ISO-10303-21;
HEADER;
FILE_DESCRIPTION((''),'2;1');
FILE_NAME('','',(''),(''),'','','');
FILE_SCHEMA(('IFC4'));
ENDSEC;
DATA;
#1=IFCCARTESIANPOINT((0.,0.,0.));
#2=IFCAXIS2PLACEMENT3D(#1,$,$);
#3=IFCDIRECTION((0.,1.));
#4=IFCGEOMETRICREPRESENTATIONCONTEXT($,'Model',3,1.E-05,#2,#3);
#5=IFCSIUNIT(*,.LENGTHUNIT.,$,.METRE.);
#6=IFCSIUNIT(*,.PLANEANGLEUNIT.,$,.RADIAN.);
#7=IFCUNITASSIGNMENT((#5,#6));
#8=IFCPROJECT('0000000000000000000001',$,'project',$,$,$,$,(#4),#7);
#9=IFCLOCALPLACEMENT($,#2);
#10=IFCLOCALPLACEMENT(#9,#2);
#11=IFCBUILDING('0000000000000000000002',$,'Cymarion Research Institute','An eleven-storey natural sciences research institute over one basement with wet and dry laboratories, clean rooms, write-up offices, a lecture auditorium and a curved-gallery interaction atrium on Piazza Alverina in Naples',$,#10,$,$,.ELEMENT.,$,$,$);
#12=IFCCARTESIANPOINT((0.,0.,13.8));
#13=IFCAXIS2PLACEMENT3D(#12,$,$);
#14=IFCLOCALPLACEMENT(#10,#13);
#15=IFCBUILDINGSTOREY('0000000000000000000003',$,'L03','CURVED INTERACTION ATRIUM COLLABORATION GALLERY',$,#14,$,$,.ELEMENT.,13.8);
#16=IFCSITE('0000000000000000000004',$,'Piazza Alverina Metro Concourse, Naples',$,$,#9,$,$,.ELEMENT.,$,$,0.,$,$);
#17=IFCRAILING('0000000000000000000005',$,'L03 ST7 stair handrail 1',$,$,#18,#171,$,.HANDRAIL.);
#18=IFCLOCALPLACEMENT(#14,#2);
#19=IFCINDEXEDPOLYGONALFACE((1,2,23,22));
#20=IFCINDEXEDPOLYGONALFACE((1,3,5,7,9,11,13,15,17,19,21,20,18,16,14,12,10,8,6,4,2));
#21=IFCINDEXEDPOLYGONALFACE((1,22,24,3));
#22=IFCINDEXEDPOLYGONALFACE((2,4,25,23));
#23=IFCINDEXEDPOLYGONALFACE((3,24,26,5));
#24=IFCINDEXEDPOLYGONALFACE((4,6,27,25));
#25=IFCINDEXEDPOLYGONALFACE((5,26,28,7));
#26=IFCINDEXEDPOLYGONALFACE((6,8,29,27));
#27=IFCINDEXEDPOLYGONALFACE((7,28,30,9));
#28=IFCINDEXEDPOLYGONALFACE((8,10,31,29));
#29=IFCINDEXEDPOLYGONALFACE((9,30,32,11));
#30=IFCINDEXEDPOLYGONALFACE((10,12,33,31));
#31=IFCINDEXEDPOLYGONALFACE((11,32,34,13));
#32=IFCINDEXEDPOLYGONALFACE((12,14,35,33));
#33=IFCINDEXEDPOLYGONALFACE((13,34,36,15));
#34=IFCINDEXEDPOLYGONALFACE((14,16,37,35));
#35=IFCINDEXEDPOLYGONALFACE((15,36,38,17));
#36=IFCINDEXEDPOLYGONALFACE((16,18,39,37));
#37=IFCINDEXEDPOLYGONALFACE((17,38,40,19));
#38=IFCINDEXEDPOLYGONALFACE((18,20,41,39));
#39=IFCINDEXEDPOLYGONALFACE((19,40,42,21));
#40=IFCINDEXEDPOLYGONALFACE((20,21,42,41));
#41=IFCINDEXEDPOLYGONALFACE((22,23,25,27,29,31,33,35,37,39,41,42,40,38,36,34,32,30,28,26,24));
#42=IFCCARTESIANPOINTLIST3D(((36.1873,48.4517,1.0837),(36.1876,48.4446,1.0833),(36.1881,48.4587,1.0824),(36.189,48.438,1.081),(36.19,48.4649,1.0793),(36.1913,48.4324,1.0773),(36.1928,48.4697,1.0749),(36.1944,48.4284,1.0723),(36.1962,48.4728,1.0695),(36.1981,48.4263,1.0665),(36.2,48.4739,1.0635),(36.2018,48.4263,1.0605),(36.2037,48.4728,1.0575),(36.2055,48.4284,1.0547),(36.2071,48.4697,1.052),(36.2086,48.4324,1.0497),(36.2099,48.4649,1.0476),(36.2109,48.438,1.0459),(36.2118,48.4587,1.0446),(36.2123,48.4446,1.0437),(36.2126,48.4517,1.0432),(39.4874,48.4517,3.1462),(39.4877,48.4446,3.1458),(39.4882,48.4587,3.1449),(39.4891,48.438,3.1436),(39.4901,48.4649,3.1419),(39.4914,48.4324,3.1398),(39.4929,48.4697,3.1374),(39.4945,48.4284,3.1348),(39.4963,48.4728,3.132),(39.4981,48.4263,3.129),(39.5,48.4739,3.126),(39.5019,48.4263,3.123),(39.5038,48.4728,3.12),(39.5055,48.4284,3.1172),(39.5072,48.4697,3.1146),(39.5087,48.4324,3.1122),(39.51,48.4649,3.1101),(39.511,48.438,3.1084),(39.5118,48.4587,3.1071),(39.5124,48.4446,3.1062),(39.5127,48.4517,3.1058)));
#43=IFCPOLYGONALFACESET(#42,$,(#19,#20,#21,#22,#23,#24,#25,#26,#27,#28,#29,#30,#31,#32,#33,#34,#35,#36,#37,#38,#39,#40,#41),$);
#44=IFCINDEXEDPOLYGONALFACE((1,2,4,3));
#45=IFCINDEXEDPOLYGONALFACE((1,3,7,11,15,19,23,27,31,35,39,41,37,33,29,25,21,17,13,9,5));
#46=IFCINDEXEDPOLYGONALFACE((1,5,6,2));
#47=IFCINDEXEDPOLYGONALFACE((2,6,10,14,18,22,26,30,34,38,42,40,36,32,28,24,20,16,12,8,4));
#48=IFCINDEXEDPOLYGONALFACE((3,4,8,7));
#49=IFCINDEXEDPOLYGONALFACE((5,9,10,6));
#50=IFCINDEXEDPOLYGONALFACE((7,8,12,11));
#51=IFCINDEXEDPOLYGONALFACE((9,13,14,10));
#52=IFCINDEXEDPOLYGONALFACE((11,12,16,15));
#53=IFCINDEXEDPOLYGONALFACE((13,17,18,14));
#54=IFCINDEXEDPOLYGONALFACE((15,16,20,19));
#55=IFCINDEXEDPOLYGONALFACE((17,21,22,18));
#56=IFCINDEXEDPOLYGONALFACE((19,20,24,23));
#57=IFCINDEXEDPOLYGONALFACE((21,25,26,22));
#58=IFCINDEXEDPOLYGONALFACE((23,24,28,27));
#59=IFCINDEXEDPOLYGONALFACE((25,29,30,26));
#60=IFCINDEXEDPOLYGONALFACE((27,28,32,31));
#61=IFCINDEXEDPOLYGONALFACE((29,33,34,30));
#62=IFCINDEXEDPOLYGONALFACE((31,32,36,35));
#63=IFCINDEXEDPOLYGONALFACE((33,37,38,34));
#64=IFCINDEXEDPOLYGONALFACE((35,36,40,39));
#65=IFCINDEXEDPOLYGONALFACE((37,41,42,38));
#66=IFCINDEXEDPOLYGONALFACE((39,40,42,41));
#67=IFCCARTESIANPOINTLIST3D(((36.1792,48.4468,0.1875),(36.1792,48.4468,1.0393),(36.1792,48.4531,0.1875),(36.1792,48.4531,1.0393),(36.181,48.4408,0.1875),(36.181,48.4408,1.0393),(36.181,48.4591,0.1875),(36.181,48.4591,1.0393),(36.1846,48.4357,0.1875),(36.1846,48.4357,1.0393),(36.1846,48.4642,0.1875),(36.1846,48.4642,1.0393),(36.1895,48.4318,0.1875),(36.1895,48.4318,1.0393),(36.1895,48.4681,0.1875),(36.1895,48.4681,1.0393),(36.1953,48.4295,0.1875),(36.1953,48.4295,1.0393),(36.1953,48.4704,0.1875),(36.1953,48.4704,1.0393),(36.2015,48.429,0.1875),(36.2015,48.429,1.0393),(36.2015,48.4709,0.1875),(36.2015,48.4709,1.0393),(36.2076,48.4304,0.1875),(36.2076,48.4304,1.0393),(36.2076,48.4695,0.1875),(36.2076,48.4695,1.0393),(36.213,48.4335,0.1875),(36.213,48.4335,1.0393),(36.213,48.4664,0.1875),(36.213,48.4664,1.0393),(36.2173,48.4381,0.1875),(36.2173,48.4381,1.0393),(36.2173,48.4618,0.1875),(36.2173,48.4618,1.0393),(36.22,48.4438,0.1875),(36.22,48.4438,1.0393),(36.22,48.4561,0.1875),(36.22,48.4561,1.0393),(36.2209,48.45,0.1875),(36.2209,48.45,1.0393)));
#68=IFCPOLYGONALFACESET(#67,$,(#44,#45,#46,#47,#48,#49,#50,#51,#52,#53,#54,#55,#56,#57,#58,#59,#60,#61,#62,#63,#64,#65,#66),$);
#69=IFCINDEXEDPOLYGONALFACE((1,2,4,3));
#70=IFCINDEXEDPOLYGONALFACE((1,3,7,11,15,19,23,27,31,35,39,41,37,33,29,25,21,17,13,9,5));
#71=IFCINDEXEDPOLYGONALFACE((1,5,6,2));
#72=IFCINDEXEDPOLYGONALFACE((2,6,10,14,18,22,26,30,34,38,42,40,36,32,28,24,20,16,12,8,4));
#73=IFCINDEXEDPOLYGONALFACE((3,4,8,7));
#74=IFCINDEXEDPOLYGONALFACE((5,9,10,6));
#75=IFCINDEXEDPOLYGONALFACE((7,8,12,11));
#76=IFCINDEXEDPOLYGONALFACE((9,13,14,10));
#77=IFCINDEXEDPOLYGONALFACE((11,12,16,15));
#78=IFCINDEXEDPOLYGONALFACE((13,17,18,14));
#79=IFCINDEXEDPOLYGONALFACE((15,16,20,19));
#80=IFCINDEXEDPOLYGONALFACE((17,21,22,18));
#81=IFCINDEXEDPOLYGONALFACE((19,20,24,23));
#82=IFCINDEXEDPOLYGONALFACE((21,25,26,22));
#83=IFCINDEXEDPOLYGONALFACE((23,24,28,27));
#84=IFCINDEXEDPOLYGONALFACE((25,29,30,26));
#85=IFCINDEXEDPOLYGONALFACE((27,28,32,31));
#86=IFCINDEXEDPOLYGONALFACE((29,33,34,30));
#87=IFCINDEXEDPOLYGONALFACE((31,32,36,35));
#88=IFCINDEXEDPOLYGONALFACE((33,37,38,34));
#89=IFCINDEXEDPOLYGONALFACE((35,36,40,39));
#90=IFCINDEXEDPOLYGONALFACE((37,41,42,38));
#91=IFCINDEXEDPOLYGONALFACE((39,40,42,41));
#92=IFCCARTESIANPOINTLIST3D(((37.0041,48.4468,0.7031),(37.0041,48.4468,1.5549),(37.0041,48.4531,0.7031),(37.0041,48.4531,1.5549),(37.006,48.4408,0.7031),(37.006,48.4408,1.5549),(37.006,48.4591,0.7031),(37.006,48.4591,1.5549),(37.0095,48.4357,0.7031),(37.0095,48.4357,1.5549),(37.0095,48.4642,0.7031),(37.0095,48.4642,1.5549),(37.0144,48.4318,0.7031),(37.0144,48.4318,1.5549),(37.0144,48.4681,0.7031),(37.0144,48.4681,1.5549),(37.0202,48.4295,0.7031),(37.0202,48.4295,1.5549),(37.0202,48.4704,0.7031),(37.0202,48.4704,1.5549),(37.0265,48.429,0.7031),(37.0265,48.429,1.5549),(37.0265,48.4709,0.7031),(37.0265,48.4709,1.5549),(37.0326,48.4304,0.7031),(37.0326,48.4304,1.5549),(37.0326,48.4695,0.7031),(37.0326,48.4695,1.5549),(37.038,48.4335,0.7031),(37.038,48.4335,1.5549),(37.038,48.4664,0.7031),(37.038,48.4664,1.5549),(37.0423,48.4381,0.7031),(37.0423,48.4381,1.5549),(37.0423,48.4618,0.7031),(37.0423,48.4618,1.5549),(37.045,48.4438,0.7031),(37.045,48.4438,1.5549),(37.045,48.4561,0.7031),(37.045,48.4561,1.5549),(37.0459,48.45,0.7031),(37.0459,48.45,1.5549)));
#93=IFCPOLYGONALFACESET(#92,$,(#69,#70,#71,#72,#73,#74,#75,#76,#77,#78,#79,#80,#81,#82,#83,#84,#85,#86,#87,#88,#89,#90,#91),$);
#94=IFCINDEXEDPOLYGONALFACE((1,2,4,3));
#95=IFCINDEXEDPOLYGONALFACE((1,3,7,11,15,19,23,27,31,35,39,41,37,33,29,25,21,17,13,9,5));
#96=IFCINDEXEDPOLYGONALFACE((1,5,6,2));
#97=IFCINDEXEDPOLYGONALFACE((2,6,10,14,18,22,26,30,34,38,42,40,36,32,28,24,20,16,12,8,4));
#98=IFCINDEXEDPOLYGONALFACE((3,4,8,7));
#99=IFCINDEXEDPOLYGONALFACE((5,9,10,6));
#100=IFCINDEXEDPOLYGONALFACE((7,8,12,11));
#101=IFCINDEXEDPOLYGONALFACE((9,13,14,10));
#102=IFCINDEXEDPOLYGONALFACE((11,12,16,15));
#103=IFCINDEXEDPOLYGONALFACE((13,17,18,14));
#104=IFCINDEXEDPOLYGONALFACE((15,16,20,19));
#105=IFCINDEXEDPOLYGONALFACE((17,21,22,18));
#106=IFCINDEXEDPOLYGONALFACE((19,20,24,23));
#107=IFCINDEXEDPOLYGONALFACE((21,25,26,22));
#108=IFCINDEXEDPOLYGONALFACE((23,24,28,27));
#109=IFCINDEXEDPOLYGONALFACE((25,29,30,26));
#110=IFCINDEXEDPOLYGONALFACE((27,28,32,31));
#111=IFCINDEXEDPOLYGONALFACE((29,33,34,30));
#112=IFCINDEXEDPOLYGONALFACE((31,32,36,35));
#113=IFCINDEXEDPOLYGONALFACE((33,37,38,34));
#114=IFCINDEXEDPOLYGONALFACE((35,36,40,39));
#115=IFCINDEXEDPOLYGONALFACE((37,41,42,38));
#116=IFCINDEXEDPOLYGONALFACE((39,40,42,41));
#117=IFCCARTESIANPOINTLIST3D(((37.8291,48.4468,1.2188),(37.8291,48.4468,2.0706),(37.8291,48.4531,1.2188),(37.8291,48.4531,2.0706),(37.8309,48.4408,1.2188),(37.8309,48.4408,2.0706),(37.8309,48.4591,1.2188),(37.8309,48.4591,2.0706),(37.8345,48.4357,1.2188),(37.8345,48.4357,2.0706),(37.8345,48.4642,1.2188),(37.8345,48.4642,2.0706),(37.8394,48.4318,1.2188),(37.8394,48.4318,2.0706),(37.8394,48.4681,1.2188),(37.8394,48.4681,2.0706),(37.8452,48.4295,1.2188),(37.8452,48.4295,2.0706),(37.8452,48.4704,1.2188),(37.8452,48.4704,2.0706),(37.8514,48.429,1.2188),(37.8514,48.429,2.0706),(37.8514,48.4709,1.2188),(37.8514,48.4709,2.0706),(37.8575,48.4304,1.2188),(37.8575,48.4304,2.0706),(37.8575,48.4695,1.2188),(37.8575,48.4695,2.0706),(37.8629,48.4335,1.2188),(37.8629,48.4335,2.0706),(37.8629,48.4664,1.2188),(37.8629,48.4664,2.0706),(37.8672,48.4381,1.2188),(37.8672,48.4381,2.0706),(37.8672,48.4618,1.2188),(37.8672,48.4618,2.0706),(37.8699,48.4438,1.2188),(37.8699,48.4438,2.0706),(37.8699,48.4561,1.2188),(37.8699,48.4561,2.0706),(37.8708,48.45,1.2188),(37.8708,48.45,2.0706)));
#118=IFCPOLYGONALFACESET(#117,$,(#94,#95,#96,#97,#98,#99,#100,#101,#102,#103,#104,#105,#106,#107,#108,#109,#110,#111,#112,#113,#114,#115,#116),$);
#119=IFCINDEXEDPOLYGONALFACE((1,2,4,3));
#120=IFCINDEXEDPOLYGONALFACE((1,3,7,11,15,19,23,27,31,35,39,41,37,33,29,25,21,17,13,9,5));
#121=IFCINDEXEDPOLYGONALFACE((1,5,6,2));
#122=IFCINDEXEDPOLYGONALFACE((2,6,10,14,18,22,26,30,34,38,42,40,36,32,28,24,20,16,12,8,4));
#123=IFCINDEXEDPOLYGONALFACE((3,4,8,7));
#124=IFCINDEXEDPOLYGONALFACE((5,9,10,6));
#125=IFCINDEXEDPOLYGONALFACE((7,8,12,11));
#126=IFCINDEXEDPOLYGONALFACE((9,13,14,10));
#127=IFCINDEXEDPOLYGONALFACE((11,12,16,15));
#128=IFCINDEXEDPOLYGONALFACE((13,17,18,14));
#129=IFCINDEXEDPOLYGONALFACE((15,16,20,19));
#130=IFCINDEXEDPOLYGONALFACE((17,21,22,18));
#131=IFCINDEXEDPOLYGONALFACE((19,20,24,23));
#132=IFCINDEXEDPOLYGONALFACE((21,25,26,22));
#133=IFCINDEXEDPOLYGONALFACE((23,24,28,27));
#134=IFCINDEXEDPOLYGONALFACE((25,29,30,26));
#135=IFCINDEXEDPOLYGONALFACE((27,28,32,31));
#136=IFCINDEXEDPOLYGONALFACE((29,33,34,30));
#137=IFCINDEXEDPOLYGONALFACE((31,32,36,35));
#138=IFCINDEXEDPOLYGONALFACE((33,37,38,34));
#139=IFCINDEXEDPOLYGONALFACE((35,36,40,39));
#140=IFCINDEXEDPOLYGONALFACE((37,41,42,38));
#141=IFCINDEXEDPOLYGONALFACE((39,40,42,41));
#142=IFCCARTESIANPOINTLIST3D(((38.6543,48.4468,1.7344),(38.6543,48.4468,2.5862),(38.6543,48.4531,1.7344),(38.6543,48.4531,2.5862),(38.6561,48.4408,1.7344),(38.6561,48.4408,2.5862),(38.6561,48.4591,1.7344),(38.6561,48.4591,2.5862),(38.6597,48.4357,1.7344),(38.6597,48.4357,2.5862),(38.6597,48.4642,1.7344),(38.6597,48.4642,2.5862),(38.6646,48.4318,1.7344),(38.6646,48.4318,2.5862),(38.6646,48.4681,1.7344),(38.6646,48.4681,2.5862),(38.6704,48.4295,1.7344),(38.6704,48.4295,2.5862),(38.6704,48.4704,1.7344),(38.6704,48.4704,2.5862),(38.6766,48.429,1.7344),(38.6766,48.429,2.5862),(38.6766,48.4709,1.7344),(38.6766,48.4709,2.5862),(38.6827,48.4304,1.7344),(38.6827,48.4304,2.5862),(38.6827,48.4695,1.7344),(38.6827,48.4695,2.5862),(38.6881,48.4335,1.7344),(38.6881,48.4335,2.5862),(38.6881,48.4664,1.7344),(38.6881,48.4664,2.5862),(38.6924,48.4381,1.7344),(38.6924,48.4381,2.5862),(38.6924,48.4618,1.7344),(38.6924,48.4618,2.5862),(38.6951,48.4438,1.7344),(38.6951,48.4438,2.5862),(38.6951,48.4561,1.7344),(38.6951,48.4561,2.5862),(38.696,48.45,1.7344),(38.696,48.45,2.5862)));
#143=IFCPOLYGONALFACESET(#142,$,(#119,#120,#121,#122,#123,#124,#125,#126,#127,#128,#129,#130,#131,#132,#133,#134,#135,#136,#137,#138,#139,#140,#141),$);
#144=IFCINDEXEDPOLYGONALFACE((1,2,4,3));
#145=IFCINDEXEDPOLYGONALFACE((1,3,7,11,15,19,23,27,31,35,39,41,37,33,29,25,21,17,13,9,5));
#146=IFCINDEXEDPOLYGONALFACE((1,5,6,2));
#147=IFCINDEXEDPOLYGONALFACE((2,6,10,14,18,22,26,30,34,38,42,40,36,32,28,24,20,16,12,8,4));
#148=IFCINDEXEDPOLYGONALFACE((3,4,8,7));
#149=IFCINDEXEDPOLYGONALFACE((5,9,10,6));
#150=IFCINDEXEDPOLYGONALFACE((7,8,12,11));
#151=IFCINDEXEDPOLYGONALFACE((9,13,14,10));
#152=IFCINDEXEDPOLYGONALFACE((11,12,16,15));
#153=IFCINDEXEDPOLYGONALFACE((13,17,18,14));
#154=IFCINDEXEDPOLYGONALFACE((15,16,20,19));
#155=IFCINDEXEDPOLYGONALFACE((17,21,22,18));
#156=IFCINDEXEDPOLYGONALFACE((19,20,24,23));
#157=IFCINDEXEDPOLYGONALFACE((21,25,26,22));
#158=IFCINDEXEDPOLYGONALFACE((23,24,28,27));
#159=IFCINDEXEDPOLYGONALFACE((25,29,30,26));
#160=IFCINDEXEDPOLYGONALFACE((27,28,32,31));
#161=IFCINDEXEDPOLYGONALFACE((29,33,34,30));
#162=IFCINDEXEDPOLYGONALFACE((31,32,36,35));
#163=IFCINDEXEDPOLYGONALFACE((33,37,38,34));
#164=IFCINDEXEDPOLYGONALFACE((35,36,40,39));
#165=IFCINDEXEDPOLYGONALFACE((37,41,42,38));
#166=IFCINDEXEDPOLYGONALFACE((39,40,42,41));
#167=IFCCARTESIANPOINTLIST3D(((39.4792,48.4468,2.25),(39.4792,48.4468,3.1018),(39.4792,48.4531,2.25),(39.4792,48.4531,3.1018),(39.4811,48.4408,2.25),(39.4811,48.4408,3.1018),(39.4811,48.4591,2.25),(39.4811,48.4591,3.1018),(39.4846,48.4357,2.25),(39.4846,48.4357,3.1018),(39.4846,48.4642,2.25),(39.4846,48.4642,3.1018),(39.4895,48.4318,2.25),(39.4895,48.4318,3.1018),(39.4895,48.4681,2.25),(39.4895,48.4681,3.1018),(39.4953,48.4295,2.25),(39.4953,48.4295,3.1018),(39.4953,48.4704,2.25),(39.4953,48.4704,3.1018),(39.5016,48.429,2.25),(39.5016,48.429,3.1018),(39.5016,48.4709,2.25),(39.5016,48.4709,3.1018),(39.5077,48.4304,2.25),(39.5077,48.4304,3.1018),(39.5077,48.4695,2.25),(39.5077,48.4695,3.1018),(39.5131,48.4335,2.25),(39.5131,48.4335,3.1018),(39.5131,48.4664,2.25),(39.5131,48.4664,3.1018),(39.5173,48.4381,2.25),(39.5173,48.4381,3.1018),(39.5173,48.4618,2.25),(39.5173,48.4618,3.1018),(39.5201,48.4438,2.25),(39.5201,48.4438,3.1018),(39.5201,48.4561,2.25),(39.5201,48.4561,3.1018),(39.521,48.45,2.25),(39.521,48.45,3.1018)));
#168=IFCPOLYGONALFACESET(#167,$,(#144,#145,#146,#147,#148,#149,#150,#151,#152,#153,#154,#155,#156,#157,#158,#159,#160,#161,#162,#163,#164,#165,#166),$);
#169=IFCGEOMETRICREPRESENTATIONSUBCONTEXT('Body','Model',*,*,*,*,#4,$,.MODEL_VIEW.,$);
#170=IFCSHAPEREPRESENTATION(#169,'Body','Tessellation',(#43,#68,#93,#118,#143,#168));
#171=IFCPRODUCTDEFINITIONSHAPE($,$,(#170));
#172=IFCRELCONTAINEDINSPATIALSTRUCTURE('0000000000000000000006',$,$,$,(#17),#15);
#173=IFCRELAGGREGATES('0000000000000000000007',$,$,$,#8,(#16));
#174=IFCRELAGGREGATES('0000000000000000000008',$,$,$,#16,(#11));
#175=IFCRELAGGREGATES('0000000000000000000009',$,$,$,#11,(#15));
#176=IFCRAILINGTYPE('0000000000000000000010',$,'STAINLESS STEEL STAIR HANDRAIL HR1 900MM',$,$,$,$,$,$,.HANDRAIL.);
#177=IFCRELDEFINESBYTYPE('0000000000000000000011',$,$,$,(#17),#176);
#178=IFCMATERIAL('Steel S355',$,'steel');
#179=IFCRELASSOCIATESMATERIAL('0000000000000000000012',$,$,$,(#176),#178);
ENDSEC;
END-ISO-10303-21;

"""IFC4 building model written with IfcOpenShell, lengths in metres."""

from ifc_helpers import new_model, si_unit, direction, frame, origin, origin_2d, place, context, subcontext, project, spatial, circle, extrude, material, type_object, element, save


model = new_model("IFC4")

# Units and contexts
model_context = context("Model", 3, precision=1e-05, world=origin(), true_north=direction((0.0, 1.0)))
body_context = subcontext(model_context, "Body", "Model", "MODEL_VIEW")
ifc_project = project(units=[si_unit("LENGTHUNIT", "METRE"), si_unit("PLANEANGLEUNIT", "RADIAN")], contexts=[model_context])

# Site, building, storey
site_placement = place(None, origin())
site = spatial("IfcSite", under=ifc_project, at=site_placement, Name="Piazza Alverina Metro Concourse, Naples", CompositionType="ELEMENT", RefElevation=0.0)
building_placement = place(site_placement, origin())
building = spatial("IfcBuilding", under=site, at=building_placement, Name="Cymarion Research Institute", Description="An eleven-storey natural sciences research institute over one basement with wet and dry laboratories, clean rooms, write-up offices, a lecture auditorium and a curved-gallery interaction atrium on Piazza Alverina in Naples", CompositionType="ELEMENT")
storey_placement = place(building_placement, frame((0.0, 0.0, 13.8)))
storey = spatial("IfcBuildingStorey", under=building, at=storey_placement, Name="L03", Description="CURVED INTERACTION ATRIUM COLLABORATION GALLERY", CompositionType="ELEMENT", Elevation=13.8)

# Shared definitions
ifc_material_1 = material(Name="Steel S355", Category="steel")

# Railing
railing_type_1 = type_object("IfcRailingType", Name="STAINLESS STEEL STAIR HANDRAIL HR1 900MM", PredefinedType="HANDRAIL", material=ifc_material_1)
railing_1_placement = place(storey_placement, frame((36.2, 48.45, 0.1875)))
element("IfcRailing", 1, at=railing_1_placement, inside=storey, type_object=railing_type_1, Name="L03 ST7 stair handrail 1", PredefinedType="HANDRAIL", context=body_context, shape_type="SweptSolid", body=[
    extrude(circle(Radius=0.0239, at=origin_2d()), frame((0.0, 0.0, 0.876), z_axis=(0.848002, 0.0, 0.529993), x_axis=(0.0, 1.0, 0.0)), (0.0, 0.0, 1.0), 3.8916),
    extrude(circle(Radius=0.021, at=origin_2d()), origin(), (0.0, 0.0, 1.0), 0.8518),
    extrude(circle(Radius=0.021, at=origin_2d()), frame((0.825, 0.0, 0.5156)), (0.0, 0.0, 1.0), 0.8518),
    extrude(circle(Radius=0.021, at=origin_2d()), frame((1.6499, 0.0, 1.0312)), (0.0, 0.0, 1.0), 0.8518),
    extrude(circle(Radius=0.021, at=origin_2d()), frame((2.4751, 0.0, 1.5469)), (0.0, 0.0, 1.0), 0.8518),
    extrude(circle(Radius=0.021, at=origin_2d()), frame((3.3, 0.0, 2.0625)), (0.0, 0.0, 1.0), 0.8518),
])

save(model, "model.ifc")
